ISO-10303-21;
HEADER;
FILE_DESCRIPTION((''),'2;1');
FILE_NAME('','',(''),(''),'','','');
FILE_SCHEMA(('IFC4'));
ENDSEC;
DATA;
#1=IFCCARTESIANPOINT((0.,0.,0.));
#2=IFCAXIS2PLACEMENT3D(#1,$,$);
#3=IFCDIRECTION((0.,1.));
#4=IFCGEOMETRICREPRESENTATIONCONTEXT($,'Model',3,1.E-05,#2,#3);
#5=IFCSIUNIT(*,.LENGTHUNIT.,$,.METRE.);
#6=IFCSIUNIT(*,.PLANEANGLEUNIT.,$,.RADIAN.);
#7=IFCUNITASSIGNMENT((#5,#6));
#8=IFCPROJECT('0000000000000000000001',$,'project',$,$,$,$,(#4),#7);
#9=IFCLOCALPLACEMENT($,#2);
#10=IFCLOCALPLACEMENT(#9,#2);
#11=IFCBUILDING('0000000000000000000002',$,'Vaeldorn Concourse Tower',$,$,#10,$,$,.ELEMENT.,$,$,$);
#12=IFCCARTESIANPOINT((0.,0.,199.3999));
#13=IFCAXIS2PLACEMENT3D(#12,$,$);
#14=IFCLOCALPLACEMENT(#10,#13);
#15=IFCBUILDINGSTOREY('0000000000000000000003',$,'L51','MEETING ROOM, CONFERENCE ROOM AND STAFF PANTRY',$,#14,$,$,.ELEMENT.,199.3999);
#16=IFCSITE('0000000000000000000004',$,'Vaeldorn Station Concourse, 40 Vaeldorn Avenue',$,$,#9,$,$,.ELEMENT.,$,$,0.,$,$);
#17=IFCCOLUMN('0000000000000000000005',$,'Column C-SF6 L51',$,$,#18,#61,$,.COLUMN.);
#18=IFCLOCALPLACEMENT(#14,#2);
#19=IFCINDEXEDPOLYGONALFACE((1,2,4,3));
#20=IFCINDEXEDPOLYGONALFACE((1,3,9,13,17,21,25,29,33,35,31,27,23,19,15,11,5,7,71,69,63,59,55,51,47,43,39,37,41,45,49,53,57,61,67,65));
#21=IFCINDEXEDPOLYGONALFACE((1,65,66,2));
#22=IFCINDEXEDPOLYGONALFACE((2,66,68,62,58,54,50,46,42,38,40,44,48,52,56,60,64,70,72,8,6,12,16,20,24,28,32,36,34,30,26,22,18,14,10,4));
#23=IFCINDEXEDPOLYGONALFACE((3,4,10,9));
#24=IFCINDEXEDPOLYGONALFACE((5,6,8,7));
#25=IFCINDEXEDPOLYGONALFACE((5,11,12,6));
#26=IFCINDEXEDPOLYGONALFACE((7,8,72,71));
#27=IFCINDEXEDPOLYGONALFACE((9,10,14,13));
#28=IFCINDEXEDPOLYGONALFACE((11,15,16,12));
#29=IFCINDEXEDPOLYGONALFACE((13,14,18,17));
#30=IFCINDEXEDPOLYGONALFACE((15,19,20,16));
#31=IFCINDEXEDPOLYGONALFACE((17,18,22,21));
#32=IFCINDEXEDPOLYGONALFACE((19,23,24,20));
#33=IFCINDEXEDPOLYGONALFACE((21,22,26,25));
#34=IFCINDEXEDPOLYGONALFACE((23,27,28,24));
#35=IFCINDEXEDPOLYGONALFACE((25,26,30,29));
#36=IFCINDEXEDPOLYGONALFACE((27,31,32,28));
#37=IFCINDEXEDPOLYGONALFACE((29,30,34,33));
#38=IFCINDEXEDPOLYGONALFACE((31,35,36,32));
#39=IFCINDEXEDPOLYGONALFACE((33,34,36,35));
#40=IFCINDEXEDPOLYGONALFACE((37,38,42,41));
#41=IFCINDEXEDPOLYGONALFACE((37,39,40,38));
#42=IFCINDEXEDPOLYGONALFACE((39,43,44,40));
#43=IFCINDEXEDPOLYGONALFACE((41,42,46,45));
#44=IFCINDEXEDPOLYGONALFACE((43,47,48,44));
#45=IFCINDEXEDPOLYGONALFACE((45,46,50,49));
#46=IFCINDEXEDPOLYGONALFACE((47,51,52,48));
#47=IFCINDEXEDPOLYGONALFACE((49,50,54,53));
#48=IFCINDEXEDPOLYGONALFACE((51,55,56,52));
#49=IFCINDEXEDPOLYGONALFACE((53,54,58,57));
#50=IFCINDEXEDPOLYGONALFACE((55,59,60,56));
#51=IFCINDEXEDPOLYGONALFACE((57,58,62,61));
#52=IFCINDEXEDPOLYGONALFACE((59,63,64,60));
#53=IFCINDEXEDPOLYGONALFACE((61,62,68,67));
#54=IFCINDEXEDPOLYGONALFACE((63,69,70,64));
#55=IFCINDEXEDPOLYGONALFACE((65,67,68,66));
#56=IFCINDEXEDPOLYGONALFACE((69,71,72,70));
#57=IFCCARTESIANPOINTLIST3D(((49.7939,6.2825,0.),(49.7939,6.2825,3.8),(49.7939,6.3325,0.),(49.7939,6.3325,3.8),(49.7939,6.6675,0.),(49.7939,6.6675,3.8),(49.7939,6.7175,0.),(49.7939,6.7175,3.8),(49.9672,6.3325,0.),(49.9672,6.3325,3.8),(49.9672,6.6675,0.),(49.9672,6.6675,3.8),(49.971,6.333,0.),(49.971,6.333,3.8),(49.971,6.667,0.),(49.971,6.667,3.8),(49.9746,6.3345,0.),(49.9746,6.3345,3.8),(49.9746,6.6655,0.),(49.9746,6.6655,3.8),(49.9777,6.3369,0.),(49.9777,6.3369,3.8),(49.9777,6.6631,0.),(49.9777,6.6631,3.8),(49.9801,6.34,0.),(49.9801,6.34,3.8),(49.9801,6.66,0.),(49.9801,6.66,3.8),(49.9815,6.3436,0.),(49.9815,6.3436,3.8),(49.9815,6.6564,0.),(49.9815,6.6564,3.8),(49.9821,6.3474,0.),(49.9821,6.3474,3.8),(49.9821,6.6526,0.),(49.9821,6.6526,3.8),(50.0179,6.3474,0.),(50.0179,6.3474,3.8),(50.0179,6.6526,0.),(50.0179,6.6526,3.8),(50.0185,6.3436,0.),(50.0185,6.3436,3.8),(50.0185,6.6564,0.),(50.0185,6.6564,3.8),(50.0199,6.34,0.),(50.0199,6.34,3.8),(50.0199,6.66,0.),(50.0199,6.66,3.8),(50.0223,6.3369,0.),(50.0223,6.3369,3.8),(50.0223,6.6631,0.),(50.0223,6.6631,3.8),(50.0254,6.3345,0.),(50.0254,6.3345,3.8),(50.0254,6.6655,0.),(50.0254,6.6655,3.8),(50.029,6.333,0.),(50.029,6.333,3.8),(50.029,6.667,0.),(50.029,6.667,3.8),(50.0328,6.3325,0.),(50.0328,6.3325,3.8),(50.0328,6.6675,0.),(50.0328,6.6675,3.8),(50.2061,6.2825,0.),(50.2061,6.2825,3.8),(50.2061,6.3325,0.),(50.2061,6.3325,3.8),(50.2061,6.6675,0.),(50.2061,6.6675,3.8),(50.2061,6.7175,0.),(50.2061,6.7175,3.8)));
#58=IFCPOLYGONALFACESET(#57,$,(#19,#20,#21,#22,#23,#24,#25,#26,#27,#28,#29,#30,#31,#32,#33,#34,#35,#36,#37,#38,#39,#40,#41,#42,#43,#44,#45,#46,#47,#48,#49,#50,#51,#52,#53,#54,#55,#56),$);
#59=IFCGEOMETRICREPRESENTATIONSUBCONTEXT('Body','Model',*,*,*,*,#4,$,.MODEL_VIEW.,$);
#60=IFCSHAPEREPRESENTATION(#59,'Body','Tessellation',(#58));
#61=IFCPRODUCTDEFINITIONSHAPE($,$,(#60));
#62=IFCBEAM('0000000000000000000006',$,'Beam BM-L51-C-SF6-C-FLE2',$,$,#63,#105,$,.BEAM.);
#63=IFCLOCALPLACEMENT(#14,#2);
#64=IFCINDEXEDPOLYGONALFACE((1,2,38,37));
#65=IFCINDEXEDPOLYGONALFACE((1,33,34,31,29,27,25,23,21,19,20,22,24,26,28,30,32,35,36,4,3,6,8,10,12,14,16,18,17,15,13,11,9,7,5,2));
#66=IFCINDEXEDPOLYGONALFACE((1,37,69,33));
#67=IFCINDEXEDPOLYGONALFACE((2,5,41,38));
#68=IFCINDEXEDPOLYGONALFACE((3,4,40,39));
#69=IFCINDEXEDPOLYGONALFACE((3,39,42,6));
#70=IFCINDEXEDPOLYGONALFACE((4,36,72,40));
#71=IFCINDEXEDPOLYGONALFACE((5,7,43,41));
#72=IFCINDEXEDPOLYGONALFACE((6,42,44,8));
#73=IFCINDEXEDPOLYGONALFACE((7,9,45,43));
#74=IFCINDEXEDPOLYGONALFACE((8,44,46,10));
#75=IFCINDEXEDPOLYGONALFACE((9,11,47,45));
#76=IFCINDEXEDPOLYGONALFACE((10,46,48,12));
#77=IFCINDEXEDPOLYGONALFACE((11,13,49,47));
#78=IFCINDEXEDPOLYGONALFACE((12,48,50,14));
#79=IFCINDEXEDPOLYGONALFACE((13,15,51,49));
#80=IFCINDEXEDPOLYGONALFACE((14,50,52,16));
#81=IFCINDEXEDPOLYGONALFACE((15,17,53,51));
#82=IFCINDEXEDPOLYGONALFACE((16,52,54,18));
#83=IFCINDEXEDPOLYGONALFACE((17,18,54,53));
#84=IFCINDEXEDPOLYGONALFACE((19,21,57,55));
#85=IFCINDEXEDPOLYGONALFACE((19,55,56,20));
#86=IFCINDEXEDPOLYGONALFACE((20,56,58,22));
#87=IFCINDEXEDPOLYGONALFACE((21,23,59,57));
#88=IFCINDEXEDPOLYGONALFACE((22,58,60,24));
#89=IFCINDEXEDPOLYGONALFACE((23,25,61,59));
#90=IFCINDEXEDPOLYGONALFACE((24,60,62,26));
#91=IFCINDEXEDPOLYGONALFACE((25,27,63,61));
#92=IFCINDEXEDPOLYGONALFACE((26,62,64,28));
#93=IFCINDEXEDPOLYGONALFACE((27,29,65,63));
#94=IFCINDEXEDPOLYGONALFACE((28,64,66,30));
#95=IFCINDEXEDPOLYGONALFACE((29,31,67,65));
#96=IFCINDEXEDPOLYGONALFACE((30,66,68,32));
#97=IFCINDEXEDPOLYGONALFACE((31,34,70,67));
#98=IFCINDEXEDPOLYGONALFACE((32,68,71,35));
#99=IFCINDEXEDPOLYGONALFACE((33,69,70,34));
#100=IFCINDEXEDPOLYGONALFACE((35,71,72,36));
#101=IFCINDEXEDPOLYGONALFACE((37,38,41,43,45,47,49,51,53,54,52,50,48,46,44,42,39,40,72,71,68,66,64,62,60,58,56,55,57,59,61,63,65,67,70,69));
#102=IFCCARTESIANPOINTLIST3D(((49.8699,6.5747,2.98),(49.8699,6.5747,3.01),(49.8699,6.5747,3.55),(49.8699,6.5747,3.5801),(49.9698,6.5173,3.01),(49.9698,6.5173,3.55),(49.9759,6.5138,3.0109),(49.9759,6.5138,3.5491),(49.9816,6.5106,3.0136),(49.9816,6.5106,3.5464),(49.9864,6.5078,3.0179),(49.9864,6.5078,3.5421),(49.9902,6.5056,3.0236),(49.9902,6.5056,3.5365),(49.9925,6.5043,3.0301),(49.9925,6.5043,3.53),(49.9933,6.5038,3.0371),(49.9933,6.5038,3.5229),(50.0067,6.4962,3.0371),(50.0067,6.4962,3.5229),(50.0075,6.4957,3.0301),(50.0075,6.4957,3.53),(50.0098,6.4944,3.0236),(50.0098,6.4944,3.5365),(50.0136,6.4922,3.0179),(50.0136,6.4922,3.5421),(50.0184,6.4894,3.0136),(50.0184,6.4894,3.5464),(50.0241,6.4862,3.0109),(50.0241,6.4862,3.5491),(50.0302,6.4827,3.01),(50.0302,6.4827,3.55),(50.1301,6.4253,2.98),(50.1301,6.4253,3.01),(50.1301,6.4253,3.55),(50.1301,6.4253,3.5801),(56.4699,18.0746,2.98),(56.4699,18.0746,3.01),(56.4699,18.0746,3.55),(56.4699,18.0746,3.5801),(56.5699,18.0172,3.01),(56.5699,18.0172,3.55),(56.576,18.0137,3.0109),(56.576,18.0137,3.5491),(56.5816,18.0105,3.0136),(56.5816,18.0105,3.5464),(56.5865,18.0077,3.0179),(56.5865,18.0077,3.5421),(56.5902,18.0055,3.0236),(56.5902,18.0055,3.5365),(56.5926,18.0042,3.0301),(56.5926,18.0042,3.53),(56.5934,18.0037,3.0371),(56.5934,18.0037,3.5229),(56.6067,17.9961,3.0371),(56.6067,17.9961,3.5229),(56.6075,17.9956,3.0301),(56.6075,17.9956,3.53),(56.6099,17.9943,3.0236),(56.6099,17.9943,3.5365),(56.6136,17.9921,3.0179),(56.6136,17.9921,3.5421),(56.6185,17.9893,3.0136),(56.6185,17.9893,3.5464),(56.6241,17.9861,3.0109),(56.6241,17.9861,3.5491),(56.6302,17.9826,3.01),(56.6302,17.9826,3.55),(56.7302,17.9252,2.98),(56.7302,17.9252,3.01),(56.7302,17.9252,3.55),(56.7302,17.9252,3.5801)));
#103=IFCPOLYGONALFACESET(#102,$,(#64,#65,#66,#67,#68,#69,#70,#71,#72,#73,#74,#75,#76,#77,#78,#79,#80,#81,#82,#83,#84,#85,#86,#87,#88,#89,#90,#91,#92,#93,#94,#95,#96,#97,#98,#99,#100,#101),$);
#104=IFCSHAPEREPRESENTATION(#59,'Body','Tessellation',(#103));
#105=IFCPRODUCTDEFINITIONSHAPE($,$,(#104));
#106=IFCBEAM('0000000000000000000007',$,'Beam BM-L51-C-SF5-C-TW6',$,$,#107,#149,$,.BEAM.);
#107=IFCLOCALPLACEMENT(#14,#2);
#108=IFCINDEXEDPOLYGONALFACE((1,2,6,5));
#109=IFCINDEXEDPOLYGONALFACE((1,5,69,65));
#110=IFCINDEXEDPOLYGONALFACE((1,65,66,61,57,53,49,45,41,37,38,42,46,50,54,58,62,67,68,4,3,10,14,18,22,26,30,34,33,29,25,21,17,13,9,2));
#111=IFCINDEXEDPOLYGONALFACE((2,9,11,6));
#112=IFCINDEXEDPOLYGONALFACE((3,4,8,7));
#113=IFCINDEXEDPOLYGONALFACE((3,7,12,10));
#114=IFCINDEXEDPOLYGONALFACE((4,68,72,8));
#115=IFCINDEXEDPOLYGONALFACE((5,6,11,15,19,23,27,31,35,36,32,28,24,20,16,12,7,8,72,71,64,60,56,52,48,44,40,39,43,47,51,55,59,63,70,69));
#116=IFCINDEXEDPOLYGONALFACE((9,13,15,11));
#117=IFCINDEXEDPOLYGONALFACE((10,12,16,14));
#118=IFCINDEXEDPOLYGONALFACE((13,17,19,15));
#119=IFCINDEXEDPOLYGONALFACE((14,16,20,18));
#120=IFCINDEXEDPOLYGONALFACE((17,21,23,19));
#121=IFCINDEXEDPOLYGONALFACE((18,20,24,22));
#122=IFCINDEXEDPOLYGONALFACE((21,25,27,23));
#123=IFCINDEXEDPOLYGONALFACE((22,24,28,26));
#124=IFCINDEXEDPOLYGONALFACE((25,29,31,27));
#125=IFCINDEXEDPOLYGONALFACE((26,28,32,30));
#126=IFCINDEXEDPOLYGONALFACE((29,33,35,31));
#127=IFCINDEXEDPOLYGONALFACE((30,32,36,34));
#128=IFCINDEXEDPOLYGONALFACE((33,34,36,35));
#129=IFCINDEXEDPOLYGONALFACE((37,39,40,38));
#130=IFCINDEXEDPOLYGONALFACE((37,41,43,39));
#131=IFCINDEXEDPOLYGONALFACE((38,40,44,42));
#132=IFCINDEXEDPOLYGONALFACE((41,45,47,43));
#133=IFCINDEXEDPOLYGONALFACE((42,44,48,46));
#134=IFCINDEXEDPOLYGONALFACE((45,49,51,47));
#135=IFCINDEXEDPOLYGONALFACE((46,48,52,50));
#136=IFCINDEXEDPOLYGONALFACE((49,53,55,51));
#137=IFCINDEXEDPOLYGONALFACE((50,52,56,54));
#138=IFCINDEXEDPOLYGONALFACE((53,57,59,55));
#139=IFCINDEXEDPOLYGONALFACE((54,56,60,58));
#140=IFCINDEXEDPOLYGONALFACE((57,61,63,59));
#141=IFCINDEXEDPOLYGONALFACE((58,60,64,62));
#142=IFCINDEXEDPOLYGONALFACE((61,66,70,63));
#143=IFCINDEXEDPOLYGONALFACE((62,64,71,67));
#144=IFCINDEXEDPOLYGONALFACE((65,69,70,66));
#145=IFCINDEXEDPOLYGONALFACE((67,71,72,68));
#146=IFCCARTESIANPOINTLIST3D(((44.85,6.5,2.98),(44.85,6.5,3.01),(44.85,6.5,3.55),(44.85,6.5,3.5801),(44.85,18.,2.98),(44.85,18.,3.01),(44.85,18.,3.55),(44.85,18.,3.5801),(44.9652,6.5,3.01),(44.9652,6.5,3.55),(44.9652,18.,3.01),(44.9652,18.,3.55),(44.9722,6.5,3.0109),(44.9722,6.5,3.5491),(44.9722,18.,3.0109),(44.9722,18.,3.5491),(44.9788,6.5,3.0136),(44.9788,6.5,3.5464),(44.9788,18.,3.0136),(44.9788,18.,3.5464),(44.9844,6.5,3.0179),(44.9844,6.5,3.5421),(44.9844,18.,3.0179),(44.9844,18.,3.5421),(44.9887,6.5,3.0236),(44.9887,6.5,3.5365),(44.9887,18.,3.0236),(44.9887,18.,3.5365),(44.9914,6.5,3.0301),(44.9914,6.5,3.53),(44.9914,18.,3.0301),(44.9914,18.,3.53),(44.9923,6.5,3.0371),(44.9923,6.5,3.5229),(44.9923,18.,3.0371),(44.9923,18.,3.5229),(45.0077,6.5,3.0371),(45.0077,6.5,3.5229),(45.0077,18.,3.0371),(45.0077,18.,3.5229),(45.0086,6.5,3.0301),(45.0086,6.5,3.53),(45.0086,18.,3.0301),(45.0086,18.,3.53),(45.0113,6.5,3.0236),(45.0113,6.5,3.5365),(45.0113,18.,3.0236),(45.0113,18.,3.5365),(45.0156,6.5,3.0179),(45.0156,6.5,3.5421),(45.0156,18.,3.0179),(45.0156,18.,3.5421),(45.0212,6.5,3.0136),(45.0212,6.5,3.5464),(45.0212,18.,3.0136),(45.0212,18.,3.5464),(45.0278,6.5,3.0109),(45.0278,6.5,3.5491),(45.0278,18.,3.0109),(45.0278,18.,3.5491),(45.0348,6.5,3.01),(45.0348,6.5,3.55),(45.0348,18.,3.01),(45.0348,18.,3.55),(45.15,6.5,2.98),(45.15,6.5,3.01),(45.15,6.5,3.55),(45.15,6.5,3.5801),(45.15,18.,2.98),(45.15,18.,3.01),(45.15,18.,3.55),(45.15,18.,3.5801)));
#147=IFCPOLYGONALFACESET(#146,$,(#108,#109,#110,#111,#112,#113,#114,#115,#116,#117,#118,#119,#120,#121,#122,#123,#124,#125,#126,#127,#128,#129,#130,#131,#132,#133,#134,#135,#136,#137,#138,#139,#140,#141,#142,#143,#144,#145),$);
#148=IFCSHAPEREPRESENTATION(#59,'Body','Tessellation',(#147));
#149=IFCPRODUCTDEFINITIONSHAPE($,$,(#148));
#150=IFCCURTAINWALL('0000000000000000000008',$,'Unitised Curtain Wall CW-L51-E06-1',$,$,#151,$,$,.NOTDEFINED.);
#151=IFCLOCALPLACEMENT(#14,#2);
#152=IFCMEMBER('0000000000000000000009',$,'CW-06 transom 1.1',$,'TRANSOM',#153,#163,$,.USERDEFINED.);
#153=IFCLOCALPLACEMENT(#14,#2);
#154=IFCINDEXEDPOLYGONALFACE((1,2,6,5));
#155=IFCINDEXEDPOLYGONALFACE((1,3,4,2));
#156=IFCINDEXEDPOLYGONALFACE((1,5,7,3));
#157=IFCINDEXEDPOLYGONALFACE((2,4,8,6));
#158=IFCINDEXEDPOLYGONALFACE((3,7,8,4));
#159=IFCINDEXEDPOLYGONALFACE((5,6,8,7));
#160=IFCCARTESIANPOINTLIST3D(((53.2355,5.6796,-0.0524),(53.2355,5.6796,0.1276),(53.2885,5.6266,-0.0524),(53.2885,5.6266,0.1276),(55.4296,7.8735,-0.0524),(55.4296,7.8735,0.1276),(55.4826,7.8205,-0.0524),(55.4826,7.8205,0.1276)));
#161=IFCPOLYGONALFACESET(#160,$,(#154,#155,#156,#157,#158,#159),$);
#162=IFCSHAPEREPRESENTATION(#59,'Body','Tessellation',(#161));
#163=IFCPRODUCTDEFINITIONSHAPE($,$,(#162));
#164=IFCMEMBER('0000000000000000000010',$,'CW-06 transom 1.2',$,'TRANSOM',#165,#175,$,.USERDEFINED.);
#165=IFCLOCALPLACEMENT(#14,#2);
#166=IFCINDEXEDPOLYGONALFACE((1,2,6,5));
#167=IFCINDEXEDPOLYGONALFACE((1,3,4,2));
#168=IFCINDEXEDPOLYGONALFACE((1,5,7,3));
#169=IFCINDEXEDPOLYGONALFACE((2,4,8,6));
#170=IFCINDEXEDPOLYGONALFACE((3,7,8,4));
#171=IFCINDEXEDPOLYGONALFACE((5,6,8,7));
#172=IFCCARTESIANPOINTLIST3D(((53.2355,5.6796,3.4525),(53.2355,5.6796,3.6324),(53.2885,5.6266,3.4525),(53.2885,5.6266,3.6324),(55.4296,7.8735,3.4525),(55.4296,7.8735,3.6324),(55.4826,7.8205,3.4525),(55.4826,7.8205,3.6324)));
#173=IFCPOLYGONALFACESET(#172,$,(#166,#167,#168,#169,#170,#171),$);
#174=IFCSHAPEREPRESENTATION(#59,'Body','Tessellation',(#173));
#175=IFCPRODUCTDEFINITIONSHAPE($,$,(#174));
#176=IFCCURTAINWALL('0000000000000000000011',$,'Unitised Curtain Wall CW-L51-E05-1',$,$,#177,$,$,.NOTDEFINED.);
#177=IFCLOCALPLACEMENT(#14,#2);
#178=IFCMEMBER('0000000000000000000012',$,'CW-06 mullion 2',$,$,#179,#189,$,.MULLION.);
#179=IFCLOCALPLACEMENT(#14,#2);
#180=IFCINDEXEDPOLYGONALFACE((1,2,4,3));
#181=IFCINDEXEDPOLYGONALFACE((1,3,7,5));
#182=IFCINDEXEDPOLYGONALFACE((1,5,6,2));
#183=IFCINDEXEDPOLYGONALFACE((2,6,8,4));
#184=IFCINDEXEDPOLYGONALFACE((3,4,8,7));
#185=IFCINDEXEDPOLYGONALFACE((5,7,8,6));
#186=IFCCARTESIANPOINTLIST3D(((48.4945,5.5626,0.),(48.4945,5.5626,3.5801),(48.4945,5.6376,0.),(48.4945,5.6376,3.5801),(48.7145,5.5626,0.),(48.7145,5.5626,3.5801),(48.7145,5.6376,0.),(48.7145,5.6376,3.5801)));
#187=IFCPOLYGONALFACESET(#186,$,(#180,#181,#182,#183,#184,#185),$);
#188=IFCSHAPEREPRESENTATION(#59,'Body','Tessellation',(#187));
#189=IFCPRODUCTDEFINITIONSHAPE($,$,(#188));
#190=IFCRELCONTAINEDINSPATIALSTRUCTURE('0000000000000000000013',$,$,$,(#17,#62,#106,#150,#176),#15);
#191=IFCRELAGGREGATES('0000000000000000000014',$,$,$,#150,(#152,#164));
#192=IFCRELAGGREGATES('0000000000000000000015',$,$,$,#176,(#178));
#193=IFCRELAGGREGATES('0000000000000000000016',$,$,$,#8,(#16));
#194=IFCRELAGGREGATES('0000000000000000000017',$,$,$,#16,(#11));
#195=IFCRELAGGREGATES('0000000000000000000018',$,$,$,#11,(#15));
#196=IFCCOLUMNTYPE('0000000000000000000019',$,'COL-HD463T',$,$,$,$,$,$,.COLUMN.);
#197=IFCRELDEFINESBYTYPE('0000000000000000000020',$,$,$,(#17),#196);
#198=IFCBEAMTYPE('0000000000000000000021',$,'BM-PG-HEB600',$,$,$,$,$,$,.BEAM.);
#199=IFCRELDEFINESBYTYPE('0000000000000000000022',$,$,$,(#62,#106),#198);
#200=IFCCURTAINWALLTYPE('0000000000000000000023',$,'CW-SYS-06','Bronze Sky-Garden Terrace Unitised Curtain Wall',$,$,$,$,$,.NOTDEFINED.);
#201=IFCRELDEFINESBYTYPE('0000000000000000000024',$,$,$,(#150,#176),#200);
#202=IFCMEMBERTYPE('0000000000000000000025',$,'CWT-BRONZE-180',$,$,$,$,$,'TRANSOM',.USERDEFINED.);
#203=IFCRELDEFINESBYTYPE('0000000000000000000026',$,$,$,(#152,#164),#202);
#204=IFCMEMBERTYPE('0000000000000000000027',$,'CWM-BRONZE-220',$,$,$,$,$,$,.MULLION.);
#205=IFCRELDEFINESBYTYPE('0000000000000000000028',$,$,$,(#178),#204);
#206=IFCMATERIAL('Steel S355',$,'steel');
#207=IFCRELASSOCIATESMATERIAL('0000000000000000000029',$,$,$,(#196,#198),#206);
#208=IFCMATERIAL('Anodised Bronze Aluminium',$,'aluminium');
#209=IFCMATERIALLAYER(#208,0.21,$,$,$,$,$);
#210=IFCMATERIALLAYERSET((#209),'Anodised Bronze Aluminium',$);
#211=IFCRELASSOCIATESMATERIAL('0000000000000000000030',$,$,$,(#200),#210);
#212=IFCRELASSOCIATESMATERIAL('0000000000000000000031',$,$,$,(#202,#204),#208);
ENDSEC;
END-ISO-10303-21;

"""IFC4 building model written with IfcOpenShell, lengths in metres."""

from ifc_helpers import new_model, si_unit, direction, frame, origin, origin_2d, place, context, subcontext, project, spatial, rectangle, i_section, extrude, source, transform, mapped, material, layer, layer_set, material_profile, profile_set, type_object, element, aggregate, save


model = new_model("IFC4")

# Units and contexts
model_context = context("Model", 3, precision=1e-05, world=origin(), true_north=direction((0.0, 1.0)))
body_context = subcontext(model_context, "Body", "Model", "MODEL_VIEW")
ifc_project = project(units=[si_unit("LENGTHUNIT", "METRE"), si_unit("PLANEANGLEUNIT", "RADIAN")], contexts=[model_context])

# Site, building, storey
site_placement = place(None, origin())
site = spatial("IfcSite", under=ifc_project, at=site_placement, Name="Vaeldorn Station Concourse, 40 Vaeldorn Avenue", CompositionType="ELEMENT", RefElevation=0.0)
building_placement = place(site_placement, origin())
building = spatial("IfcBuilding", under=site, at=building_placement, Name="Vaeldorn Concourse Tower", CompositionType="ELEMENT")
storey_placement = place(building_placement, frame((0.0, 0.0, 199.3999)))
storey = spatial("IfcBuildingStorey", under=building, at=storey_placement, Name="L51", Description="MEETING ROOM, CONFERENCE ROOM AND STAFF PANTRY", CompositionType="ELEMENT", Elevation=199.3999)

# Column
ifc_material_1 = material(Name="Steel S355", Category="steel")
ifc_material_profile_1 = material_profile(ifc_material_1, i_section(OverallWidth=0.4121, OverallDepth=0.4351, WebThickness=0.0359, FlangeThickness=0.05, FilletRadius=0.0149, at=origin_2d()), Name="HD 400x463")
ifc_profile_set_1 = profile_set([ifc_material_profile_1], Name="Steel S355")
column_type = type_object("IfcColumnType", Name="COL-HD463T", PredefinedType="COLUMN", material=ifc_profile_set_1)
shared_shape_1 = source(origin(), body_context, "Body", "SweptSolid", [
    extrude(i_section(OverallWidth=0.4121, OverallDepth=0.4351, WebThickness=0.0359, FlangeThickness=0.05, FilletRadius=0.0149, at=origin_2d()), origin(), (0.0, 0.0, 1.0), 3.8),
])
column_placement = place(storey_placement, frame((50.0, 6.5, 0.0), z_axis=(0.0, 0.0, 1.0), x_axis=(1.0, 0.0, 0.0)))
element("IfcColumn", 1, at=column_placement, inside=storey, type_object=column_type, Name="Column C-SF6 L51", PredefinedType="COLUMN", context=body_context, shape_type="MappedRepresentation", body=[
    mapped(shared_shape_1, transform((0.0, 0.0, 0.0), scale=1.0)),
])

# Beams
ifc_material_profile_2 = material_profile(ifc_material_1, i_section(OverallWidth=0.3, OverallDepth=0.6001, WebThickness=0.0154, FlangeThickness=0.03, FilletRadius=0.0271, at=origin_2d()), Name="HEB 600")
ifc_profile_set_2 = profile_set([ifc_material_profile_2], Name="Steel S355")
beam_type = type_object("IfcBeamType", Name="BM-PG-HEB600", PredefinedType="BEAM", material=ifc_profile_set_2)
shared_shape_2 = source(origin(), body_context, "Body", "SweptSolid", [
    extrude(i_section(OverallWidth=0.3, OverallDepth=0.6001, WebThickness=0.0154, FlangeThickness=0.03, FilletRadius=0.0271, at=origin_2d()), origin(), (0.0, 0.0, 1.0), 13.2593),
])
beam_1_placement = place(storey_placement, frame((50.0, 6.5, 3.28), z_axis=(0.497768, 0.86731, 0.0), x_axis=(-0.86731, 0.497768, 0.0)))
element("IfcBeam", 2, at=beam_1_placement, inside=storey, type_object=beam_type, Name="Beam BM-L51-C-SF6-C-FLE2", PredefinedType="BEAM", context=body_context, shape_type="MappedRepresentation", body=[
    mapped(shared_shape_2, transform((0.0, 0.0, 0.0), scale=1.0)),
])
shared_shape_3 = source(origin(), body_context, "Body", "SweptSolid", [
    extrude(i_section(OverallWidth=0.3, OverallDepth=0.6001, WebThickness=0.0154, FlangeThickness=0.03, FilletRadius=0.0271, at=origin_2d()), origin(), (0.0, 0.0, 1.0), 11.5),
])
beam_2_placement = place(storey_placement, frame((45.0, 6.5, 3.28), z_axis=(0.0, 1.0, 0.0), x_axis=(-1.0, 0.0, 0.0)))
element("IfcBeam", 3, at=beam_2_placement, inside=storey, type_object=beam_type, Name="Beam BM-L51-C-SF5-C-TW6", PredefinedType="BEAM", context=body_context, shape_type="MappedRepresentation", body=[
    mapped(shared_shape_3, transform((0.0, 0.0, 0.0), scale=1.0)),
])

# Curtain walls, members
ifc_material_2 = material(Name="Anodised Bronze Aluminium", Category="aluminium")
ifc_layer_1 = layer(ifc_material_2, 0.21)
ifc_layer_set_1 = layer_set([ifc_layer_1], Name="Anodised Bronze Aluminium")
curtain_wall_type = type_object("IfcCurtainWallType", Name="CW-SYS-06", Description="Bronze Sky-Garden Terrace Unitised Curtain Wall", PredefinedType="NOTDEFINED", material=ifc_layer_set_1)
curtain_wall_1_placement = place(storey_placement, origin())
curtain_wall_1 = element("IfcCurtainWall", 4, at=curtain_wall_1_placement, inside=storey, type_object=curtain_wall_type, Name="Unitised Curtain Wall CW-L51-E06-1", PredefinedType="NOTDEFINED")
ifc_material_profile_3 = material_profile(ifc_material_2, rectangle(XDim=0.075, YDim=0.1799, at=origin_2d()), Name="CWT 75x180")
ifc_profile_set_3 = profile_set([ifc_material_profile_3], Name="Anodised Bronze Aluminium")
member_type_1 = type_object("IfcMemberType", Name="CWT-BRONZE-180", ElementType="TRANSOM", PredefinedType="USERDEFINED", material=ifc_profile_set_3)
shared_shape_4 = source(origin(), body_context, "Body", "SweptSolid", [
    extrude(rectangle(XDim=0.075, YDim=0.1799, at=origin_2d()), origin(), (0.0, 0.0, 1.0), 3.1028),
])
member_1_placement = place(storey_placement, frame((53.262, 5.6531, 0.0376), z_axis=(0.707146, 0.707067, 0.0), x_axis=(-0.707067, 0.707146, 0.0)))
member_1 = element("IfcMember", 5, at=member_1_placement, type_object=member_type_1, Name="CW-06 transom 1.1", ObjectType="TRANSOM", PredefinedType="USERDEFINED", context=body_context, shape_type="MappedRepresentation", body=[
    mapped(shared_shape_4, transform((0.0, 0.0, 0.0), scale=1.0)),
])
member_2_placement = place(storey_placement, frame((53.262, 5.6531, 3.5425), z_axis=(0.707146, 0.707067, 0.0), x_axis=(-0.707067, 0.707146, 0.0)))
member_2 = element("IfcMember", 6, at=member_2_placement, type_object=member_type_1, Name="CW-06 transom 1.2", ObjectType="TRANSOM", PredefinedType="USERDEFINED", context=body_context, shape_type="MappedRepresentation", body=[
    mapped(shared_shape_4, transform((0.0, 0.0, 0.0), scale=1.0)),
])
curtain_wall_2_placement = place(storey_placement, origin())
curtain_wall_2 = element("IfcCurtainWall", 7, at=curtain_wall_2_placement, inside=storey, type_object=curtain_wall_type, Name="Unitised Curtain Wall CW-L51-E05-1", PredefinedType="NOTDEFINED")
ifc_material_profile_4 = material_profile(ifc_material_2, rectangle(XDim=0.075, YDim=0.22, at=origin_2d()), Name="CWM 75x220")
ifc_profile_set_4 = profile_set([ifc_material_profile_4], Name="Anodised Bronze Aluminium")
member_type_2 = type_object("IfcMemberType", Name="CWM-BRONZE-220", PredefinedType="MULLION", material=ifc_profile_set_4)
shared_shape_5 = source(origin(), body_context, "Body", "SweptSolid", [
    extrude(rectangle(XDim=0.075, YDim=0.22, at=origin_2d()), origin(), (0.0, 0.0, 1.0), 3.5801),
])
member_3_placement = place(storey_placement, frame((48.6045, 5.6001, 0.0), z_axis=(0.0, 0.0, 1.0), x_axis=(0.0, 1.0, 0.0)))
member_3 = element("IfcMember", 8, at=member_3_placement, type_object=member_type_2, Name="CW-06 mullion 2", PredefinedType="MULLION", context=body_context, shape_type="MappedRepresentation", body=[
    mapped(shared_shape_5, transform((0.0, 0.0, 0.0), scale=1.0)),
])

aggregate(curtain_wall_1, [member_1, member_2])
aggregate(curtain_wall_2, [member_3])

save(model, "model.ifc")
